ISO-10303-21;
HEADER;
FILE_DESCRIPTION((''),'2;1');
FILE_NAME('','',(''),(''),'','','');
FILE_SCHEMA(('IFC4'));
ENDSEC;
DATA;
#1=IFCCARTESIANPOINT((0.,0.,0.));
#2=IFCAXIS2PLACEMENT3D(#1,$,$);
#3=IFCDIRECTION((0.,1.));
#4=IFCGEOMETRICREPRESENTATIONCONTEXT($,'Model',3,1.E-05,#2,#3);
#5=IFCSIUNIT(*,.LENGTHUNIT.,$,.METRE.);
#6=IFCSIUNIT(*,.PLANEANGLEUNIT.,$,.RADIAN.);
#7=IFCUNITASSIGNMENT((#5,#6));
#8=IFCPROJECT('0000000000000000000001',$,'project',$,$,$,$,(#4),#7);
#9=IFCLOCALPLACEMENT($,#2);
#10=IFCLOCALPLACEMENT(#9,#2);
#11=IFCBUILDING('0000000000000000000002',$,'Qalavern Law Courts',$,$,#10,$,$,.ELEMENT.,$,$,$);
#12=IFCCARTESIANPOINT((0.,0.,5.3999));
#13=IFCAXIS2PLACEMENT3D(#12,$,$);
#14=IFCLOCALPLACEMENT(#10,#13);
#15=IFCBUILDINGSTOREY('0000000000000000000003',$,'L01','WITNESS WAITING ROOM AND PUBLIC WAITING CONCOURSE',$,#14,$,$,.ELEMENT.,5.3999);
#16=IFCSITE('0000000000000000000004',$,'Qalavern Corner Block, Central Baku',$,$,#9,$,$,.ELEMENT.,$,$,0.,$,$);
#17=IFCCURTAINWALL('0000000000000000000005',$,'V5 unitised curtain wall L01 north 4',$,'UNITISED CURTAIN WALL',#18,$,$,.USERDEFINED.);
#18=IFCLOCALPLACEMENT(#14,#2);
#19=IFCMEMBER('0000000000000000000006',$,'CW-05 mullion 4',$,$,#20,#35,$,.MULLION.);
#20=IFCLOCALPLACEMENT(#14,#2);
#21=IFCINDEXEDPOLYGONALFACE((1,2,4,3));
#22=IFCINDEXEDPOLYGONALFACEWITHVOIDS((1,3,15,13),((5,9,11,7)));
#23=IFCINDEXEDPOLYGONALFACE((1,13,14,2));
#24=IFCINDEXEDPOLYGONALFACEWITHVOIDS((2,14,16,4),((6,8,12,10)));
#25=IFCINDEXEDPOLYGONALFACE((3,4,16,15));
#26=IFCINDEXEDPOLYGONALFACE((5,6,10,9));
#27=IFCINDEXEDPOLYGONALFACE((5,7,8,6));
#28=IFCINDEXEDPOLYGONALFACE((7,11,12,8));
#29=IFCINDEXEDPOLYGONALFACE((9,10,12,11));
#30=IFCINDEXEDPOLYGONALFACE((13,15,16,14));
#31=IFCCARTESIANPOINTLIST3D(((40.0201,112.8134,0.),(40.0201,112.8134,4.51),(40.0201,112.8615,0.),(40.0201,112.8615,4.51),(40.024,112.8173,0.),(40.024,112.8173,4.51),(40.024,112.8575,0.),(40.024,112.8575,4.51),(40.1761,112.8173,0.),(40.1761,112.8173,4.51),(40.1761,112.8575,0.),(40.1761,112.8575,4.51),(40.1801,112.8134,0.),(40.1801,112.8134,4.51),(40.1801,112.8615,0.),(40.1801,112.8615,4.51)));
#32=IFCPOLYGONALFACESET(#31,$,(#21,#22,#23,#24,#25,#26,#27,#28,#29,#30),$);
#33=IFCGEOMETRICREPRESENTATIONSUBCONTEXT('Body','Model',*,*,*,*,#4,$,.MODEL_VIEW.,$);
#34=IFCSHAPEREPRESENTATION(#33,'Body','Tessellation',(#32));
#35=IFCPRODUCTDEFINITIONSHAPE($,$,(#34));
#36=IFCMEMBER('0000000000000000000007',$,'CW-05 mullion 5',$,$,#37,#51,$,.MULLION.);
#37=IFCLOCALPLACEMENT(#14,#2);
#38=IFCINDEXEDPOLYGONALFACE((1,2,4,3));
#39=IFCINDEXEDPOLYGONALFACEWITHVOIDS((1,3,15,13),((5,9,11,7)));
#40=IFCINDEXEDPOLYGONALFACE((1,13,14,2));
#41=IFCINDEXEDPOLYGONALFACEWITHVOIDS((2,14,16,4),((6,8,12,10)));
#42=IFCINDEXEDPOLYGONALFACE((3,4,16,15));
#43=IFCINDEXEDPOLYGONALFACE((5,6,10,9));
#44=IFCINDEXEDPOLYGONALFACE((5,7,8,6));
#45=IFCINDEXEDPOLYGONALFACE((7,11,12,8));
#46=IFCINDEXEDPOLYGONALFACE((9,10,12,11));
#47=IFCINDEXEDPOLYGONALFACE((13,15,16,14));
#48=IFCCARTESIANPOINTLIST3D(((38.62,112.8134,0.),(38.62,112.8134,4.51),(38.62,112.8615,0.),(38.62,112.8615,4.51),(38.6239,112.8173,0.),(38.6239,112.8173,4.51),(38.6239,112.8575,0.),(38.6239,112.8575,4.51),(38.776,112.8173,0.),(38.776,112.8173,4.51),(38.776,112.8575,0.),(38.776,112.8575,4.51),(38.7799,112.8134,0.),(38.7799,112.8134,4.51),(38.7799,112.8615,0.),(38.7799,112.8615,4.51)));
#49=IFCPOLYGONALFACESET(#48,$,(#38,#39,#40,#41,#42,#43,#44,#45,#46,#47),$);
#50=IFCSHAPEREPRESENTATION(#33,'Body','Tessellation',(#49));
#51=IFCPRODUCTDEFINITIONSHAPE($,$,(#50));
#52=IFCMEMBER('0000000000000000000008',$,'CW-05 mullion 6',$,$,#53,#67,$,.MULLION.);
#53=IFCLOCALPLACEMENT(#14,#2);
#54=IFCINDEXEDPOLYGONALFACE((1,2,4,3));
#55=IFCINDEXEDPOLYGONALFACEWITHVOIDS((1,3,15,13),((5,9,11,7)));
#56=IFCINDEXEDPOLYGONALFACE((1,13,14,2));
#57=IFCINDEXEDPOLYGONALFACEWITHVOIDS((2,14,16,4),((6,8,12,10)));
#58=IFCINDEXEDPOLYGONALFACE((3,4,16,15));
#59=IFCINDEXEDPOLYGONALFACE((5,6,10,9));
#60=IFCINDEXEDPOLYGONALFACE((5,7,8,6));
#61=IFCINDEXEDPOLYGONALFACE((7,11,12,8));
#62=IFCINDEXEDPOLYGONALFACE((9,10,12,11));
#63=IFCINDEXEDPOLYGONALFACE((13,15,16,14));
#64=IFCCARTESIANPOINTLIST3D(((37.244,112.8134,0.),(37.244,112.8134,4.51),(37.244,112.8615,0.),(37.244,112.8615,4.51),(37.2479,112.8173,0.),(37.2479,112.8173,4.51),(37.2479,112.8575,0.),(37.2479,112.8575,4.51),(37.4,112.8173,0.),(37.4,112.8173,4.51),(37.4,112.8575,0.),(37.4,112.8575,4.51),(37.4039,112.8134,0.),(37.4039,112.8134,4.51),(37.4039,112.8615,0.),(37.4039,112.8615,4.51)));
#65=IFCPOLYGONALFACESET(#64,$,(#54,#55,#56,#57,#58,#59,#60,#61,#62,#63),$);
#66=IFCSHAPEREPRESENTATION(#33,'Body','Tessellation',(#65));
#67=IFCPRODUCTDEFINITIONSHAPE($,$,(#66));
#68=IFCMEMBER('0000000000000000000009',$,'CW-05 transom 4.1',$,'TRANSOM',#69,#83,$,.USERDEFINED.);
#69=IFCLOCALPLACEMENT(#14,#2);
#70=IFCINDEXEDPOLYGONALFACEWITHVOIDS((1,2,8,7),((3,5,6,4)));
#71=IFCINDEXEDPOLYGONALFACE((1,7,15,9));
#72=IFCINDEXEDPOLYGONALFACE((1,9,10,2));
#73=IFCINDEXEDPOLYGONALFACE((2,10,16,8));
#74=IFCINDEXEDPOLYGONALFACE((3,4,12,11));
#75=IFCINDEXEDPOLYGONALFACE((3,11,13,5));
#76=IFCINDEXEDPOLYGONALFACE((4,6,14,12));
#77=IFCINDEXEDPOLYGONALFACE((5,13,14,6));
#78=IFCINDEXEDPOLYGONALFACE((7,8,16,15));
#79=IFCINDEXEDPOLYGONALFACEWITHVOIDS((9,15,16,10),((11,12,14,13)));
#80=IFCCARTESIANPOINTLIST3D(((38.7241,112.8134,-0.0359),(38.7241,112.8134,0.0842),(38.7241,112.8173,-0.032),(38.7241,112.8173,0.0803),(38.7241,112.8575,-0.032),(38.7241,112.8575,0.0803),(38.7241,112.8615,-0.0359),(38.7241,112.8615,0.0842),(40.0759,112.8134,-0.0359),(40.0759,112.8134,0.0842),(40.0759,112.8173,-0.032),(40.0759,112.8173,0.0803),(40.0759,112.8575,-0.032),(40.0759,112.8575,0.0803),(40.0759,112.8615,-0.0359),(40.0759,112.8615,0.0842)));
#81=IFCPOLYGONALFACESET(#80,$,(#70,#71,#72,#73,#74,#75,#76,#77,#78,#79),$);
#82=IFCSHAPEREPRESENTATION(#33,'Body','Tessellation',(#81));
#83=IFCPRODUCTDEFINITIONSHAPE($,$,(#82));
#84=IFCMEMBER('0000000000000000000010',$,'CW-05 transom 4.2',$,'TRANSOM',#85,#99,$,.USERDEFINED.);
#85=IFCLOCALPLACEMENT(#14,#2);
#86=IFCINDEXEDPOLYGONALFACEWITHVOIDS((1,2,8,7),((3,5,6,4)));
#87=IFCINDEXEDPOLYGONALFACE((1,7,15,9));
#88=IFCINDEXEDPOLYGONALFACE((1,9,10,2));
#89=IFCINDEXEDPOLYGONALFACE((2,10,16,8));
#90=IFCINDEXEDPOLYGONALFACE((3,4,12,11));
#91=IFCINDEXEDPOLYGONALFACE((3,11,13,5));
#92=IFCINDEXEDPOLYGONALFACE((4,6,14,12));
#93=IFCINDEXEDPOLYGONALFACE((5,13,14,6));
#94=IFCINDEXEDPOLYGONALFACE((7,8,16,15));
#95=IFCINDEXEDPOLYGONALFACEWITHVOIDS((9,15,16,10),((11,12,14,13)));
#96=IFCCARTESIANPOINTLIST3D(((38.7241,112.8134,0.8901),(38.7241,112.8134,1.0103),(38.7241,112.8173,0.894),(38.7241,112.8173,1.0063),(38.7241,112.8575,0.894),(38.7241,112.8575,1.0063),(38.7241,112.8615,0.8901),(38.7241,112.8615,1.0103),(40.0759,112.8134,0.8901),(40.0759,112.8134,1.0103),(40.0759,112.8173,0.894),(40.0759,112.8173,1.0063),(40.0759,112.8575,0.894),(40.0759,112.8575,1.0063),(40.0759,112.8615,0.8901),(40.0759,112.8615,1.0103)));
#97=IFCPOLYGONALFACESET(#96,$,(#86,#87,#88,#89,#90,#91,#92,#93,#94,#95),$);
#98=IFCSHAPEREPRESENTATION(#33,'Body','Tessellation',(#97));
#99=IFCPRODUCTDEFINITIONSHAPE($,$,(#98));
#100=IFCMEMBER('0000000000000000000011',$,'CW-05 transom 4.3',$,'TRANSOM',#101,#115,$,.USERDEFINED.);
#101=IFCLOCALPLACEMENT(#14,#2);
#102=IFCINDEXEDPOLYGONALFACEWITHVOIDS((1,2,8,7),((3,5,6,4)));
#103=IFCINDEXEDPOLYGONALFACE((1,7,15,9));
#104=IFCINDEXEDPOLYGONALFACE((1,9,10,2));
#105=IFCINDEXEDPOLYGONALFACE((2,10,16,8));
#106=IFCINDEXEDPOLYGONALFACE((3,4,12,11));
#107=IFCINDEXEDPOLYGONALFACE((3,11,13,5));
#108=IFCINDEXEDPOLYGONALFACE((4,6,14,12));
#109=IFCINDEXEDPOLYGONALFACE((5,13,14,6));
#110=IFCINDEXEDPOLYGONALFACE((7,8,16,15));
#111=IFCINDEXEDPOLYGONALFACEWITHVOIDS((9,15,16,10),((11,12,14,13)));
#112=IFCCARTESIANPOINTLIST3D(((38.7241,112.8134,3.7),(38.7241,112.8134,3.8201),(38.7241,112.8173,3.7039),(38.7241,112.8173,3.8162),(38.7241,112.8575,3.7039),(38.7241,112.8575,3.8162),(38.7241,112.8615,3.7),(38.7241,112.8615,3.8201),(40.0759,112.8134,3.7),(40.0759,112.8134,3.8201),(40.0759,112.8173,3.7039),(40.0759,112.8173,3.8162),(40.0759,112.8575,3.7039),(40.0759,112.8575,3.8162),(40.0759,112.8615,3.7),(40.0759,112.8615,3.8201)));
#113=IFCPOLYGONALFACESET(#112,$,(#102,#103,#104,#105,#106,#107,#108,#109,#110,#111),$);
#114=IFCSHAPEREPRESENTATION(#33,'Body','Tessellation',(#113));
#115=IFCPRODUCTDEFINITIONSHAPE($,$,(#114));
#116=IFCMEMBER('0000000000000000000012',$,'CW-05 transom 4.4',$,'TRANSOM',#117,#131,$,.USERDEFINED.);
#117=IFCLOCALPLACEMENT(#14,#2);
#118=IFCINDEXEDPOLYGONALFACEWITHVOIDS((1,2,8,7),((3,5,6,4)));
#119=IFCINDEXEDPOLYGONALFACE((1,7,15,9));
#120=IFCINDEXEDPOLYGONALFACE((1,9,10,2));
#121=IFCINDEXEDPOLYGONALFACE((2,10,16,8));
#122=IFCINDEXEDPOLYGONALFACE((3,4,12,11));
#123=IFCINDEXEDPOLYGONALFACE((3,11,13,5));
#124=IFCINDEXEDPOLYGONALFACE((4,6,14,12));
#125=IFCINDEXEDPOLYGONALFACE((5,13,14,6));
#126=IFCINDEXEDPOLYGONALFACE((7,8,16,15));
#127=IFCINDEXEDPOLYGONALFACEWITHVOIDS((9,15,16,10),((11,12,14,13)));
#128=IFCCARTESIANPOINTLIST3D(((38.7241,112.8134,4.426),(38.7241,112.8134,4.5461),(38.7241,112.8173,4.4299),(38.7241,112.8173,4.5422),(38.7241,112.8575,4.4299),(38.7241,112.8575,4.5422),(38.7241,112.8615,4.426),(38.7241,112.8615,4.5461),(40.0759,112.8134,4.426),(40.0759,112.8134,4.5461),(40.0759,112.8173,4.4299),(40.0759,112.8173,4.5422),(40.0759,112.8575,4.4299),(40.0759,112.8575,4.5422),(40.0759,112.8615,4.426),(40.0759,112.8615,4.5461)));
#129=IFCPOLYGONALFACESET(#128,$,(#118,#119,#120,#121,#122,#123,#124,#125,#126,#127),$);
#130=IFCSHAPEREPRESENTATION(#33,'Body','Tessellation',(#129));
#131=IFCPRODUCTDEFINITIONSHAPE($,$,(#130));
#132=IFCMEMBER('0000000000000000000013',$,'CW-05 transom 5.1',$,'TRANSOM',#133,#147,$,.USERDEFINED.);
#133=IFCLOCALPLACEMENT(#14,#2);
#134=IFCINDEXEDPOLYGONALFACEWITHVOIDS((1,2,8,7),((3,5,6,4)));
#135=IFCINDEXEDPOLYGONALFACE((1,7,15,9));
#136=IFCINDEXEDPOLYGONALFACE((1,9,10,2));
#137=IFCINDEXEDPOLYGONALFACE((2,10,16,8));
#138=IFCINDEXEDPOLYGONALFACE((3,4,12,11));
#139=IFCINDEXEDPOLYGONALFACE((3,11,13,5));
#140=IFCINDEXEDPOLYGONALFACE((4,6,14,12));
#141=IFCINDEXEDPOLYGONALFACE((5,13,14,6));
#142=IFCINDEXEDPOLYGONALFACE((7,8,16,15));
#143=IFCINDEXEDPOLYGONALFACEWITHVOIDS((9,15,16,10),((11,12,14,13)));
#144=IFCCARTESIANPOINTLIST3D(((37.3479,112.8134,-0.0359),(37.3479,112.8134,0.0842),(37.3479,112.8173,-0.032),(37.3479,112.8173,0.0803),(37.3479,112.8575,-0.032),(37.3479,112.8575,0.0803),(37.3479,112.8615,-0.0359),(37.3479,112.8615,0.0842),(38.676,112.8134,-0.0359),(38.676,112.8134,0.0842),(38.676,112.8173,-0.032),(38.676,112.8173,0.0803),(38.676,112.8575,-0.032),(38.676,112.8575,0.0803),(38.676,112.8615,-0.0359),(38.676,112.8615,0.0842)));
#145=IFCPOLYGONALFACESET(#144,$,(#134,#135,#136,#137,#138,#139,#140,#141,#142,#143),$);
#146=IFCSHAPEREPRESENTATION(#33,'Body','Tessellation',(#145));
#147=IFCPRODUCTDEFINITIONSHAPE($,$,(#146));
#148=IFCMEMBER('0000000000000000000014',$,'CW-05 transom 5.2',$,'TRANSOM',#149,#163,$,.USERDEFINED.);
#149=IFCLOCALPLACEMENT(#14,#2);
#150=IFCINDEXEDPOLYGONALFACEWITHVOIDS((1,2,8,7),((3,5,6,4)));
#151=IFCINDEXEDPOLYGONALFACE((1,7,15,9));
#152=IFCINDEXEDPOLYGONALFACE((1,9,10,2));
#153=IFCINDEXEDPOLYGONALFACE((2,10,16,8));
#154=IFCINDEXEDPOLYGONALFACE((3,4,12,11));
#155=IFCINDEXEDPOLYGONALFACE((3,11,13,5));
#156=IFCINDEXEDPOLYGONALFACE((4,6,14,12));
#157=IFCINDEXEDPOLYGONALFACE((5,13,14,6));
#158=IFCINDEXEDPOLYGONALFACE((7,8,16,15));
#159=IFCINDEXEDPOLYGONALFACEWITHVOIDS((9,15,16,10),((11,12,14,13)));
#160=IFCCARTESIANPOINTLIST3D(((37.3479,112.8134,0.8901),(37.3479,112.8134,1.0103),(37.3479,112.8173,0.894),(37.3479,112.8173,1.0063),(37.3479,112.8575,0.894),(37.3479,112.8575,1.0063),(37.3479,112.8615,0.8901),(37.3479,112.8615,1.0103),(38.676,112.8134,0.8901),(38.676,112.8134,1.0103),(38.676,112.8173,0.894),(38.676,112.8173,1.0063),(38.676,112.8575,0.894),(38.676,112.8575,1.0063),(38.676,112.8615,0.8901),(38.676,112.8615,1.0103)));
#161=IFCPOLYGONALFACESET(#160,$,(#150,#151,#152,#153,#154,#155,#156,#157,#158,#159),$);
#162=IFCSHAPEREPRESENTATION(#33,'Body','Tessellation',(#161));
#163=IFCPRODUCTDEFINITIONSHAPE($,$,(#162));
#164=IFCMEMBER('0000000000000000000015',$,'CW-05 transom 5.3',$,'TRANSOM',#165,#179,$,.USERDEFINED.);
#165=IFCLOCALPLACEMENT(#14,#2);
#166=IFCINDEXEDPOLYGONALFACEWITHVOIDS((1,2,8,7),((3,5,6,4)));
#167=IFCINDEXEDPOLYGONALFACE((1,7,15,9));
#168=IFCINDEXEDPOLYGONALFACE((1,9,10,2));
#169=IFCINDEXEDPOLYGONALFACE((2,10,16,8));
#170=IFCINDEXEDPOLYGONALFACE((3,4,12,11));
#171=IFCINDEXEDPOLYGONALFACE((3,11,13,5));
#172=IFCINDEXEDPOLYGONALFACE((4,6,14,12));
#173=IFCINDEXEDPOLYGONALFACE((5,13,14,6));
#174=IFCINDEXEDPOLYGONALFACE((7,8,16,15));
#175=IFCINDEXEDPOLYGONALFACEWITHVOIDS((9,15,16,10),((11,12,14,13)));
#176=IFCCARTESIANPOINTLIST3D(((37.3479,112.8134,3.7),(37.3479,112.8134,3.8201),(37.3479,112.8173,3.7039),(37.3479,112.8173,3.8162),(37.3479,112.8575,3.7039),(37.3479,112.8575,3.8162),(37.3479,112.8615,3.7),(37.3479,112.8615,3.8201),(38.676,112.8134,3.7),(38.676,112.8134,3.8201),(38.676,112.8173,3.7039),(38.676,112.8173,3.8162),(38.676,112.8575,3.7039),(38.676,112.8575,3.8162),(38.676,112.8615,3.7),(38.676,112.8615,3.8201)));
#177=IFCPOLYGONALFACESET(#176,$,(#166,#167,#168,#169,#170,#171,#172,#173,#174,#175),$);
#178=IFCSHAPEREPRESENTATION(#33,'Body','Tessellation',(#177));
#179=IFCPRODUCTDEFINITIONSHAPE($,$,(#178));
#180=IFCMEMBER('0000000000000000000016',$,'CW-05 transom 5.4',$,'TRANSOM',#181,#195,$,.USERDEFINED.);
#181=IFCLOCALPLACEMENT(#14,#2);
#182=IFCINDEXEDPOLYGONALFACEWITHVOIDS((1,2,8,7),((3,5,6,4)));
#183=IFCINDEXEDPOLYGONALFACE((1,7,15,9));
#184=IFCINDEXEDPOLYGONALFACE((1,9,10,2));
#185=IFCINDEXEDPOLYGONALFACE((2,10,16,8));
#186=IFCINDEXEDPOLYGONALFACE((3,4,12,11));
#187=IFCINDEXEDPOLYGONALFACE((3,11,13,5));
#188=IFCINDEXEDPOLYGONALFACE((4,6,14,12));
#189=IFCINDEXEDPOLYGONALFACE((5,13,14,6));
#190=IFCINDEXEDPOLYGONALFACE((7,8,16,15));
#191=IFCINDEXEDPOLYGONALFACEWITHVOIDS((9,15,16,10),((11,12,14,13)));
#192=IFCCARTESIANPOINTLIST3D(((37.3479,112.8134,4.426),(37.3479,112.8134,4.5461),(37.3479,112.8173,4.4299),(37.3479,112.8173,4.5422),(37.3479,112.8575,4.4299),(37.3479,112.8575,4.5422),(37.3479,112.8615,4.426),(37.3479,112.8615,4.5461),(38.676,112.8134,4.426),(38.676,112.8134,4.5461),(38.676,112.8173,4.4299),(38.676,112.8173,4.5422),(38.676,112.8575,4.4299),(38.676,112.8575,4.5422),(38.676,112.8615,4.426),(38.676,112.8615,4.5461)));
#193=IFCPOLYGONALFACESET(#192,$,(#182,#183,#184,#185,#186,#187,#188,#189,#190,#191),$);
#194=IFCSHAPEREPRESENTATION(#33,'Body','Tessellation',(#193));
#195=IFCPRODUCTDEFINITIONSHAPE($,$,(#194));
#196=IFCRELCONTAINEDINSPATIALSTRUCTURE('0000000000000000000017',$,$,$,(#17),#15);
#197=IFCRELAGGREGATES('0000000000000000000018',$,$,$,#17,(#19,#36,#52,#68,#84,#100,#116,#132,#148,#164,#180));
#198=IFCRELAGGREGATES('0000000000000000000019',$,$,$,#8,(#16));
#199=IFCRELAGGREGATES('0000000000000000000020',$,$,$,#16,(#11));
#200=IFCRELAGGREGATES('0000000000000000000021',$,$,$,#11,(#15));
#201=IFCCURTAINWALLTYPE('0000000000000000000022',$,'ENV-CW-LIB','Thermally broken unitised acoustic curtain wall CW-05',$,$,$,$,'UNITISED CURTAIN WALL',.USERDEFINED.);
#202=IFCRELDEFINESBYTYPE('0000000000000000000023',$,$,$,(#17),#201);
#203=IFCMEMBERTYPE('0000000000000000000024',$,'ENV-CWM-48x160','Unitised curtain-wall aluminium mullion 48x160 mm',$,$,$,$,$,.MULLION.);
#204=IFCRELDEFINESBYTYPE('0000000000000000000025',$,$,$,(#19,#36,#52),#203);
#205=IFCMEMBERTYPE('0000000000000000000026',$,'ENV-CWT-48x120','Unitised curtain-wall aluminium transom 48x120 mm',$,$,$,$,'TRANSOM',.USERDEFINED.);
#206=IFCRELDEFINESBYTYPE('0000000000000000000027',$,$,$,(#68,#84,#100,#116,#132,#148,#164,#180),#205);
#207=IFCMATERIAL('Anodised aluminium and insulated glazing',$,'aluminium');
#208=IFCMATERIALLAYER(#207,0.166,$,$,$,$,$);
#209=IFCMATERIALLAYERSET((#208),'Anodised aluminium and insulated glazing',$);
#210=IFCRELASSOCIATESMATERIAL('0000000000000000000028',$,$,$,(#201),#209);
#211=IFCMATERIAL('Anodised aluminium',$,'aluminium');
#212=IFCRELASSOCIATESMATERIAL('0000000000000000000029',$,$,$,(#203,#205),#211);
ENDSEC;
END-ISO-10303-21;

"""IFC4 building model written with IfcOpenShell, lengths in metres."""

from ifc_helpers import new_model, si_unit, direction, frame, origin, origin_2d, place, context, subcontext, project, spatial, hollow_rectangle, extrude, material, layer, layer_set, material_profile, profile_set, type_object, element, aggregate, save


model = new_model("IFC4")

# Units and contexts
model_context = context("Model", 3, precision=1e-05, world=origin(), true_north=direction((0.0, 1.0)))
body_context = subcontext(model_context, "Body", "Model", "MODEL_VIEW")
ifc_project = project(units=[si_unit("LENGTHUNIT", "METRE"), si_unit("PLANEANGLEUNIT", "RADIAN")], contexts=[model_context])

# Site, building, storey
site_placement = place(None, origin())
site = spatial("IfcSite", under=ifc_project, at=site_placement, Name="Qalavern Corner Block, Central Baku", CompositionType="ELEMENT", RefElevation=0.0)
building_placement = place(site_placement, origin())
building = spatial("IfcBuilding", under=site, at=building_placement, Name="Qalavern Law Courts", CompositionType="ELEMENT")
storey_placement = place(building_placement, frame((0.0, 0.0, 5.3999)))
storey = spatial("IfcBuildingStorey", under=building, at=storey_placement, Name="L01", Description="WITNESS WAITING ROOM AND PUBLIC WAITING CONCOURSE", CompositionType="ELEMENT", Elevation=5.3999)

# Curtain wall, members
ifc_material_1 = material(Name="Anodised aluminium and insulated glazing", Category="aluminium")
ifc_layer_1 = layer(ifc_material_1, 0.166)
ifc_layer_set_1 = layer_set([ifc_layer_1], Name="Anodised aluminium and insulated glazing")
curtain_wall_type = type_object("IfcCurtainWallType", Name="ENV-CW-LIB", Description="Thermally broken unitised acoustic curtain wall CW-05", ElementType="UNITISED CURTAIN WALL", PredefinedType="USERDEFINED", material=ifc_layer_set_1)
curtain_wall_placement = place(storey_placement, origin())
curtain_wall = element("IfcCurtainWall", 1, at=curtain_wall_placement, inside=storey, type_object=curtain_wall_type, Name="V5 unitised curtain wall L01 north 4", ObjectType="UNITISED CURTAIN WALL", PredefinedType="USERDEFINED")
ifc_material_2 = material(Name="Anodised aluminium", Category="aluminium")
ifc_material_profile_1 = material_profile(ifc_material_2, hollow_rectangle(XDim=0.0481, YDim=0.1599, WallThickness=0.0039, at=origin_2d()), Name="ALU MULLION 48x160")
ifc_profile_set_1 = profile_set([ifc_material_profile_1], Name="Anodised aluminium")
member_type_1 = type_object("IfcMemberType", Name="ENV-CWM-48x160", Description="Unitised curtain-wall aluminium mullion 48x160 mm", PredefinedType="MULLION", material=ifc_profile_set_1)
member_1_placement = place(storey_placement, frame((40.1001, 112.8374, 0.0), z_axis=(0.0, 0.0, 1.0), x_axis=(0.0, -1.0, 0.0)))
member_1 = element("IfcMember", 2, at=member_1_placement, type_object=member_type_1, Name="CW-05 mullion 4", PredefinedType="MULLION", context=body_context, shape_type="SweptSolid", body=[
    extrude(hollow_rectangle(XDim=0.0481, YDim=0.1599, WallThickness=0.0039, at=origin_2d()), origin(), (0.0, 0.0, 1.0), 4.51),
])
member_2_placement = place(storey_placement, frame((38.7, 112.8374, 0.0), z_axis=(0.0, 0.0, 1.0), x_axis=(0.0, -1.0, 0.0)))
member_2 = element("IfcMember", 3, at=member_2_placement, type_object=member_type_1, Name="CW-05 mullion 5", PredefinedType="MULLION", context=body_context, shape_type="SweptSolid", body=[
    extrude(hollow_rectangle(XDim=0.0481, YDim=0.1599, WallThickness=0.0039, at=origin_2d()), origin(), (0.0, 0.0, 1.0), 4.51),
])
member_3_placement = place(storey_placement, frame((37.324, 112.8374, 0.0), z_axis=(0.0, 0.0, 1.0), x_axis=(0.0, -1.0, 0.0)))
member_3 = element("IfcMember", 4, at=member_3_placement, type_object=member_type_1, Name="CW-05 mullion 6", PredefinedType="MULLION", context=body_context, shape_type="SweptSolid", body=[
    extrude(hollow_rectangle(XDim=0.0481, YDim=0.1599, WallThickness=0.0039, at=origin_2d()), origin(), (0.0, 0.0, 1.0), 4.51),
])
ifc_material_profile_2 = material_profile(ifc_material_2, hollow_rectangle(XDim=0.0481, YDim=0.1201, WallThickness=0.0039, at=origin_2d()), Name="ALU TRANSOM 48x120")
ifc_profile_set_2 = profile_set([ifc_material_profile_2], Name="Anodised aluminium")
member_type_2 = type_object("IfcMemberType", Name="ENV-CWT-48x120", Description="Unitised curtain-wall aluminium transom 48x120 mm", ElementType="TRANSOM", PredefinedType="USERDEFINED", material=ifc_profile_set_2)
member_4_placement = place(storey_placement, frame((40.0759, 112.8374, 0.0242), z_axis=(-1.0, 0.0, 0.0), x_axis=(0.0, -1.0, 0.0)))
member_4 = element("IfcMember", 5, at=member_4_placement, type_object=member_type_2, Name="CW-05 transom 4.1", ObjectType="TRANSOM", PredefinedType="USERDEFINED", context=body_context, shape_type="SweptSolid", body=[
    extrude(hollow_rectangle(XDim=0.0481, YDim=0.1201, WallThickness=0.0039, at=origin_2d()), origin(), (0.0, 0.0, 1.0), 1.3518),
])
member_5_placement = place(storey_placement, frame((40.0759, 112.8374, 0.9502), z_axis=(-1.0, 0.0, 0.0), x_axis=(0.0, -1.0, 0.0)))
member_5 = element("IfcMember", 6, at=member_5_placement, type_object=member_type_2, Name="CW-05 transom 4.2", ObjectType="TRANSOM", PredefinedType="USERDEFINED", context=body_context, shape_type="SweptSolid", body=[
    extrude(hollow_rectangle(XDim=0.0481, YDim=0.1201, WallThickness=0.0039, at=origin_2d()), origin(), (0.0, 0.0, 1.0), 1.3518),
])
member_6_placement = place(storey_placement, frame((40.0759, 112.8374, 3.76), z_axis=(-1.0, 0.0, 0.0), x_axis=(0.0, -1.0, 0.0)))
member_6 = element("IfcMember", 7, at=member_6_placement, type_object=member_type_2, Name="CW-05 transom 4.3", ObjectType="TRANSOM", PredefinedType="USERDEFINED", context=body_context, shape_type="SweptSolid", body=[
    extrude(hollow_rectangle(XDim=0.0481, YDim=0.1201, WallThickness=0.0039, at=origin_2d()), origin(), (0.0, 0.0, 1.0), 1.3518),
])
member_7_placement = place(storey_placement, frame((40.0759, 112.8374, 4.4861), z_axis=(-1.0, 0.0, 0.0), x_axis=(0.0, -1.0, 0.0)))
member_7 = element("IfcMember", 8, at=member_7_placement, type_object=member_type_2, Name="CW-05 transom 4.4", ObjectType="TRANSOM", PredefinedType="USERDEFINED", context=body_context, shape_type="SweptSolid", body=[
    extrude(hollow_rectangle(XDim=0.0481, YDim=0.1201, WallThickness=0.0039, at=origin_2d()), origin(), (0.0, 0.0, 1.0), 1.3518),
])
member_8_placement = place(storey_placement, frame((38.676, 112.8374, 0.0242), z_axis=(-1.0, 0.0, 0.0), x_axis=(0.0, -1.0, 0.0)))
member_8 = element("IfcMember", 9, at=member_8_placement, type_object=member_type_2, Name="CW-05 transom 5.1", ObjectType="TRANSOM", PredefinedType="USERDEFINED", context=body_context, shape_type="SweptSolid", body=[
    extrude(hollow_rectangle(XDim=0.0481, YDim=0.1201, WallThickness=0.0039, at=origin_2d()), origin(), (0.0, 0.0, 1.0), 1.3281),
])
member_9_placement = place(storey_placement, frame((38.676, 112.8374, 0.9502), z_axis=(-1.0, 0.0, 0.0), x_axis=(0.0, -1.0, 0.0)))
member_9 = element("IfcMember", 10, at=member_9_placement, type_object=member_type_2, Name="CW-05 transom 5.2", ObjectType="TRANSOM", PredefinedType="USERDEFINED", context=body_context, shape_type="SweptSolid", body=[
    extrude(hollow_rectangle(XDim=0.0481, YDim=0.1201, WallThickness=0.0039, at=origin_2d()), origin(), (0.0, 0.0, 1.0), 1.3281),
])
member_10_placement = place(storey_placement, frame((38.676, 112.8374, 3.76), z_axis=(-1.0, 0.0, 0.0), x_axis=(0.0, -1.0, 0.0)))
member_10 = element("IfcMember", 11, at=member_10_placement, type_object=member_type_2, Name="CW-05 transom 5.3", ObjectType="TRANSOM", PredefinedType="USERDEFINED", context=body_context, shape_type="SweptSolid", body=[
    extrude(hollow_rectangle(XDim=0.0481, YDim=0.1201, WallThickness=0.0039, at=origin_2d()), origin(), (0.0, 0.0, 1.0), 1.3281),
])
member_11_placement = place(storey_placement, frame((38.676, 112.8374, 4.4861), z_axis=(-1.0, 0.0, 0.0), x_axis=(0.0, -1.0, 0.0)))
member_11 = element("IfcMember", 12, at=member_11_placement, type_object=member_type_2, Name="CW-05 transom 5.4", ObjectType="TRANSOM", PredefinedType="USERDEFINED", context=body_context, shape_type="SweptSolid", body=[
    extrude(hollow_rectangle(XDim=0.0481, YDim=0.1201, WallThickness=0.0039, at=origin_2d()), origin(), (0.0, 0.0, 1.0), 1.3281),
])
aggregate(curtain_wall, [member_1, member_2, member_3, member_4, member_5, member_6, member_7, member_8, member_9, member_10, member_11])

save(model, "model.ifc")
